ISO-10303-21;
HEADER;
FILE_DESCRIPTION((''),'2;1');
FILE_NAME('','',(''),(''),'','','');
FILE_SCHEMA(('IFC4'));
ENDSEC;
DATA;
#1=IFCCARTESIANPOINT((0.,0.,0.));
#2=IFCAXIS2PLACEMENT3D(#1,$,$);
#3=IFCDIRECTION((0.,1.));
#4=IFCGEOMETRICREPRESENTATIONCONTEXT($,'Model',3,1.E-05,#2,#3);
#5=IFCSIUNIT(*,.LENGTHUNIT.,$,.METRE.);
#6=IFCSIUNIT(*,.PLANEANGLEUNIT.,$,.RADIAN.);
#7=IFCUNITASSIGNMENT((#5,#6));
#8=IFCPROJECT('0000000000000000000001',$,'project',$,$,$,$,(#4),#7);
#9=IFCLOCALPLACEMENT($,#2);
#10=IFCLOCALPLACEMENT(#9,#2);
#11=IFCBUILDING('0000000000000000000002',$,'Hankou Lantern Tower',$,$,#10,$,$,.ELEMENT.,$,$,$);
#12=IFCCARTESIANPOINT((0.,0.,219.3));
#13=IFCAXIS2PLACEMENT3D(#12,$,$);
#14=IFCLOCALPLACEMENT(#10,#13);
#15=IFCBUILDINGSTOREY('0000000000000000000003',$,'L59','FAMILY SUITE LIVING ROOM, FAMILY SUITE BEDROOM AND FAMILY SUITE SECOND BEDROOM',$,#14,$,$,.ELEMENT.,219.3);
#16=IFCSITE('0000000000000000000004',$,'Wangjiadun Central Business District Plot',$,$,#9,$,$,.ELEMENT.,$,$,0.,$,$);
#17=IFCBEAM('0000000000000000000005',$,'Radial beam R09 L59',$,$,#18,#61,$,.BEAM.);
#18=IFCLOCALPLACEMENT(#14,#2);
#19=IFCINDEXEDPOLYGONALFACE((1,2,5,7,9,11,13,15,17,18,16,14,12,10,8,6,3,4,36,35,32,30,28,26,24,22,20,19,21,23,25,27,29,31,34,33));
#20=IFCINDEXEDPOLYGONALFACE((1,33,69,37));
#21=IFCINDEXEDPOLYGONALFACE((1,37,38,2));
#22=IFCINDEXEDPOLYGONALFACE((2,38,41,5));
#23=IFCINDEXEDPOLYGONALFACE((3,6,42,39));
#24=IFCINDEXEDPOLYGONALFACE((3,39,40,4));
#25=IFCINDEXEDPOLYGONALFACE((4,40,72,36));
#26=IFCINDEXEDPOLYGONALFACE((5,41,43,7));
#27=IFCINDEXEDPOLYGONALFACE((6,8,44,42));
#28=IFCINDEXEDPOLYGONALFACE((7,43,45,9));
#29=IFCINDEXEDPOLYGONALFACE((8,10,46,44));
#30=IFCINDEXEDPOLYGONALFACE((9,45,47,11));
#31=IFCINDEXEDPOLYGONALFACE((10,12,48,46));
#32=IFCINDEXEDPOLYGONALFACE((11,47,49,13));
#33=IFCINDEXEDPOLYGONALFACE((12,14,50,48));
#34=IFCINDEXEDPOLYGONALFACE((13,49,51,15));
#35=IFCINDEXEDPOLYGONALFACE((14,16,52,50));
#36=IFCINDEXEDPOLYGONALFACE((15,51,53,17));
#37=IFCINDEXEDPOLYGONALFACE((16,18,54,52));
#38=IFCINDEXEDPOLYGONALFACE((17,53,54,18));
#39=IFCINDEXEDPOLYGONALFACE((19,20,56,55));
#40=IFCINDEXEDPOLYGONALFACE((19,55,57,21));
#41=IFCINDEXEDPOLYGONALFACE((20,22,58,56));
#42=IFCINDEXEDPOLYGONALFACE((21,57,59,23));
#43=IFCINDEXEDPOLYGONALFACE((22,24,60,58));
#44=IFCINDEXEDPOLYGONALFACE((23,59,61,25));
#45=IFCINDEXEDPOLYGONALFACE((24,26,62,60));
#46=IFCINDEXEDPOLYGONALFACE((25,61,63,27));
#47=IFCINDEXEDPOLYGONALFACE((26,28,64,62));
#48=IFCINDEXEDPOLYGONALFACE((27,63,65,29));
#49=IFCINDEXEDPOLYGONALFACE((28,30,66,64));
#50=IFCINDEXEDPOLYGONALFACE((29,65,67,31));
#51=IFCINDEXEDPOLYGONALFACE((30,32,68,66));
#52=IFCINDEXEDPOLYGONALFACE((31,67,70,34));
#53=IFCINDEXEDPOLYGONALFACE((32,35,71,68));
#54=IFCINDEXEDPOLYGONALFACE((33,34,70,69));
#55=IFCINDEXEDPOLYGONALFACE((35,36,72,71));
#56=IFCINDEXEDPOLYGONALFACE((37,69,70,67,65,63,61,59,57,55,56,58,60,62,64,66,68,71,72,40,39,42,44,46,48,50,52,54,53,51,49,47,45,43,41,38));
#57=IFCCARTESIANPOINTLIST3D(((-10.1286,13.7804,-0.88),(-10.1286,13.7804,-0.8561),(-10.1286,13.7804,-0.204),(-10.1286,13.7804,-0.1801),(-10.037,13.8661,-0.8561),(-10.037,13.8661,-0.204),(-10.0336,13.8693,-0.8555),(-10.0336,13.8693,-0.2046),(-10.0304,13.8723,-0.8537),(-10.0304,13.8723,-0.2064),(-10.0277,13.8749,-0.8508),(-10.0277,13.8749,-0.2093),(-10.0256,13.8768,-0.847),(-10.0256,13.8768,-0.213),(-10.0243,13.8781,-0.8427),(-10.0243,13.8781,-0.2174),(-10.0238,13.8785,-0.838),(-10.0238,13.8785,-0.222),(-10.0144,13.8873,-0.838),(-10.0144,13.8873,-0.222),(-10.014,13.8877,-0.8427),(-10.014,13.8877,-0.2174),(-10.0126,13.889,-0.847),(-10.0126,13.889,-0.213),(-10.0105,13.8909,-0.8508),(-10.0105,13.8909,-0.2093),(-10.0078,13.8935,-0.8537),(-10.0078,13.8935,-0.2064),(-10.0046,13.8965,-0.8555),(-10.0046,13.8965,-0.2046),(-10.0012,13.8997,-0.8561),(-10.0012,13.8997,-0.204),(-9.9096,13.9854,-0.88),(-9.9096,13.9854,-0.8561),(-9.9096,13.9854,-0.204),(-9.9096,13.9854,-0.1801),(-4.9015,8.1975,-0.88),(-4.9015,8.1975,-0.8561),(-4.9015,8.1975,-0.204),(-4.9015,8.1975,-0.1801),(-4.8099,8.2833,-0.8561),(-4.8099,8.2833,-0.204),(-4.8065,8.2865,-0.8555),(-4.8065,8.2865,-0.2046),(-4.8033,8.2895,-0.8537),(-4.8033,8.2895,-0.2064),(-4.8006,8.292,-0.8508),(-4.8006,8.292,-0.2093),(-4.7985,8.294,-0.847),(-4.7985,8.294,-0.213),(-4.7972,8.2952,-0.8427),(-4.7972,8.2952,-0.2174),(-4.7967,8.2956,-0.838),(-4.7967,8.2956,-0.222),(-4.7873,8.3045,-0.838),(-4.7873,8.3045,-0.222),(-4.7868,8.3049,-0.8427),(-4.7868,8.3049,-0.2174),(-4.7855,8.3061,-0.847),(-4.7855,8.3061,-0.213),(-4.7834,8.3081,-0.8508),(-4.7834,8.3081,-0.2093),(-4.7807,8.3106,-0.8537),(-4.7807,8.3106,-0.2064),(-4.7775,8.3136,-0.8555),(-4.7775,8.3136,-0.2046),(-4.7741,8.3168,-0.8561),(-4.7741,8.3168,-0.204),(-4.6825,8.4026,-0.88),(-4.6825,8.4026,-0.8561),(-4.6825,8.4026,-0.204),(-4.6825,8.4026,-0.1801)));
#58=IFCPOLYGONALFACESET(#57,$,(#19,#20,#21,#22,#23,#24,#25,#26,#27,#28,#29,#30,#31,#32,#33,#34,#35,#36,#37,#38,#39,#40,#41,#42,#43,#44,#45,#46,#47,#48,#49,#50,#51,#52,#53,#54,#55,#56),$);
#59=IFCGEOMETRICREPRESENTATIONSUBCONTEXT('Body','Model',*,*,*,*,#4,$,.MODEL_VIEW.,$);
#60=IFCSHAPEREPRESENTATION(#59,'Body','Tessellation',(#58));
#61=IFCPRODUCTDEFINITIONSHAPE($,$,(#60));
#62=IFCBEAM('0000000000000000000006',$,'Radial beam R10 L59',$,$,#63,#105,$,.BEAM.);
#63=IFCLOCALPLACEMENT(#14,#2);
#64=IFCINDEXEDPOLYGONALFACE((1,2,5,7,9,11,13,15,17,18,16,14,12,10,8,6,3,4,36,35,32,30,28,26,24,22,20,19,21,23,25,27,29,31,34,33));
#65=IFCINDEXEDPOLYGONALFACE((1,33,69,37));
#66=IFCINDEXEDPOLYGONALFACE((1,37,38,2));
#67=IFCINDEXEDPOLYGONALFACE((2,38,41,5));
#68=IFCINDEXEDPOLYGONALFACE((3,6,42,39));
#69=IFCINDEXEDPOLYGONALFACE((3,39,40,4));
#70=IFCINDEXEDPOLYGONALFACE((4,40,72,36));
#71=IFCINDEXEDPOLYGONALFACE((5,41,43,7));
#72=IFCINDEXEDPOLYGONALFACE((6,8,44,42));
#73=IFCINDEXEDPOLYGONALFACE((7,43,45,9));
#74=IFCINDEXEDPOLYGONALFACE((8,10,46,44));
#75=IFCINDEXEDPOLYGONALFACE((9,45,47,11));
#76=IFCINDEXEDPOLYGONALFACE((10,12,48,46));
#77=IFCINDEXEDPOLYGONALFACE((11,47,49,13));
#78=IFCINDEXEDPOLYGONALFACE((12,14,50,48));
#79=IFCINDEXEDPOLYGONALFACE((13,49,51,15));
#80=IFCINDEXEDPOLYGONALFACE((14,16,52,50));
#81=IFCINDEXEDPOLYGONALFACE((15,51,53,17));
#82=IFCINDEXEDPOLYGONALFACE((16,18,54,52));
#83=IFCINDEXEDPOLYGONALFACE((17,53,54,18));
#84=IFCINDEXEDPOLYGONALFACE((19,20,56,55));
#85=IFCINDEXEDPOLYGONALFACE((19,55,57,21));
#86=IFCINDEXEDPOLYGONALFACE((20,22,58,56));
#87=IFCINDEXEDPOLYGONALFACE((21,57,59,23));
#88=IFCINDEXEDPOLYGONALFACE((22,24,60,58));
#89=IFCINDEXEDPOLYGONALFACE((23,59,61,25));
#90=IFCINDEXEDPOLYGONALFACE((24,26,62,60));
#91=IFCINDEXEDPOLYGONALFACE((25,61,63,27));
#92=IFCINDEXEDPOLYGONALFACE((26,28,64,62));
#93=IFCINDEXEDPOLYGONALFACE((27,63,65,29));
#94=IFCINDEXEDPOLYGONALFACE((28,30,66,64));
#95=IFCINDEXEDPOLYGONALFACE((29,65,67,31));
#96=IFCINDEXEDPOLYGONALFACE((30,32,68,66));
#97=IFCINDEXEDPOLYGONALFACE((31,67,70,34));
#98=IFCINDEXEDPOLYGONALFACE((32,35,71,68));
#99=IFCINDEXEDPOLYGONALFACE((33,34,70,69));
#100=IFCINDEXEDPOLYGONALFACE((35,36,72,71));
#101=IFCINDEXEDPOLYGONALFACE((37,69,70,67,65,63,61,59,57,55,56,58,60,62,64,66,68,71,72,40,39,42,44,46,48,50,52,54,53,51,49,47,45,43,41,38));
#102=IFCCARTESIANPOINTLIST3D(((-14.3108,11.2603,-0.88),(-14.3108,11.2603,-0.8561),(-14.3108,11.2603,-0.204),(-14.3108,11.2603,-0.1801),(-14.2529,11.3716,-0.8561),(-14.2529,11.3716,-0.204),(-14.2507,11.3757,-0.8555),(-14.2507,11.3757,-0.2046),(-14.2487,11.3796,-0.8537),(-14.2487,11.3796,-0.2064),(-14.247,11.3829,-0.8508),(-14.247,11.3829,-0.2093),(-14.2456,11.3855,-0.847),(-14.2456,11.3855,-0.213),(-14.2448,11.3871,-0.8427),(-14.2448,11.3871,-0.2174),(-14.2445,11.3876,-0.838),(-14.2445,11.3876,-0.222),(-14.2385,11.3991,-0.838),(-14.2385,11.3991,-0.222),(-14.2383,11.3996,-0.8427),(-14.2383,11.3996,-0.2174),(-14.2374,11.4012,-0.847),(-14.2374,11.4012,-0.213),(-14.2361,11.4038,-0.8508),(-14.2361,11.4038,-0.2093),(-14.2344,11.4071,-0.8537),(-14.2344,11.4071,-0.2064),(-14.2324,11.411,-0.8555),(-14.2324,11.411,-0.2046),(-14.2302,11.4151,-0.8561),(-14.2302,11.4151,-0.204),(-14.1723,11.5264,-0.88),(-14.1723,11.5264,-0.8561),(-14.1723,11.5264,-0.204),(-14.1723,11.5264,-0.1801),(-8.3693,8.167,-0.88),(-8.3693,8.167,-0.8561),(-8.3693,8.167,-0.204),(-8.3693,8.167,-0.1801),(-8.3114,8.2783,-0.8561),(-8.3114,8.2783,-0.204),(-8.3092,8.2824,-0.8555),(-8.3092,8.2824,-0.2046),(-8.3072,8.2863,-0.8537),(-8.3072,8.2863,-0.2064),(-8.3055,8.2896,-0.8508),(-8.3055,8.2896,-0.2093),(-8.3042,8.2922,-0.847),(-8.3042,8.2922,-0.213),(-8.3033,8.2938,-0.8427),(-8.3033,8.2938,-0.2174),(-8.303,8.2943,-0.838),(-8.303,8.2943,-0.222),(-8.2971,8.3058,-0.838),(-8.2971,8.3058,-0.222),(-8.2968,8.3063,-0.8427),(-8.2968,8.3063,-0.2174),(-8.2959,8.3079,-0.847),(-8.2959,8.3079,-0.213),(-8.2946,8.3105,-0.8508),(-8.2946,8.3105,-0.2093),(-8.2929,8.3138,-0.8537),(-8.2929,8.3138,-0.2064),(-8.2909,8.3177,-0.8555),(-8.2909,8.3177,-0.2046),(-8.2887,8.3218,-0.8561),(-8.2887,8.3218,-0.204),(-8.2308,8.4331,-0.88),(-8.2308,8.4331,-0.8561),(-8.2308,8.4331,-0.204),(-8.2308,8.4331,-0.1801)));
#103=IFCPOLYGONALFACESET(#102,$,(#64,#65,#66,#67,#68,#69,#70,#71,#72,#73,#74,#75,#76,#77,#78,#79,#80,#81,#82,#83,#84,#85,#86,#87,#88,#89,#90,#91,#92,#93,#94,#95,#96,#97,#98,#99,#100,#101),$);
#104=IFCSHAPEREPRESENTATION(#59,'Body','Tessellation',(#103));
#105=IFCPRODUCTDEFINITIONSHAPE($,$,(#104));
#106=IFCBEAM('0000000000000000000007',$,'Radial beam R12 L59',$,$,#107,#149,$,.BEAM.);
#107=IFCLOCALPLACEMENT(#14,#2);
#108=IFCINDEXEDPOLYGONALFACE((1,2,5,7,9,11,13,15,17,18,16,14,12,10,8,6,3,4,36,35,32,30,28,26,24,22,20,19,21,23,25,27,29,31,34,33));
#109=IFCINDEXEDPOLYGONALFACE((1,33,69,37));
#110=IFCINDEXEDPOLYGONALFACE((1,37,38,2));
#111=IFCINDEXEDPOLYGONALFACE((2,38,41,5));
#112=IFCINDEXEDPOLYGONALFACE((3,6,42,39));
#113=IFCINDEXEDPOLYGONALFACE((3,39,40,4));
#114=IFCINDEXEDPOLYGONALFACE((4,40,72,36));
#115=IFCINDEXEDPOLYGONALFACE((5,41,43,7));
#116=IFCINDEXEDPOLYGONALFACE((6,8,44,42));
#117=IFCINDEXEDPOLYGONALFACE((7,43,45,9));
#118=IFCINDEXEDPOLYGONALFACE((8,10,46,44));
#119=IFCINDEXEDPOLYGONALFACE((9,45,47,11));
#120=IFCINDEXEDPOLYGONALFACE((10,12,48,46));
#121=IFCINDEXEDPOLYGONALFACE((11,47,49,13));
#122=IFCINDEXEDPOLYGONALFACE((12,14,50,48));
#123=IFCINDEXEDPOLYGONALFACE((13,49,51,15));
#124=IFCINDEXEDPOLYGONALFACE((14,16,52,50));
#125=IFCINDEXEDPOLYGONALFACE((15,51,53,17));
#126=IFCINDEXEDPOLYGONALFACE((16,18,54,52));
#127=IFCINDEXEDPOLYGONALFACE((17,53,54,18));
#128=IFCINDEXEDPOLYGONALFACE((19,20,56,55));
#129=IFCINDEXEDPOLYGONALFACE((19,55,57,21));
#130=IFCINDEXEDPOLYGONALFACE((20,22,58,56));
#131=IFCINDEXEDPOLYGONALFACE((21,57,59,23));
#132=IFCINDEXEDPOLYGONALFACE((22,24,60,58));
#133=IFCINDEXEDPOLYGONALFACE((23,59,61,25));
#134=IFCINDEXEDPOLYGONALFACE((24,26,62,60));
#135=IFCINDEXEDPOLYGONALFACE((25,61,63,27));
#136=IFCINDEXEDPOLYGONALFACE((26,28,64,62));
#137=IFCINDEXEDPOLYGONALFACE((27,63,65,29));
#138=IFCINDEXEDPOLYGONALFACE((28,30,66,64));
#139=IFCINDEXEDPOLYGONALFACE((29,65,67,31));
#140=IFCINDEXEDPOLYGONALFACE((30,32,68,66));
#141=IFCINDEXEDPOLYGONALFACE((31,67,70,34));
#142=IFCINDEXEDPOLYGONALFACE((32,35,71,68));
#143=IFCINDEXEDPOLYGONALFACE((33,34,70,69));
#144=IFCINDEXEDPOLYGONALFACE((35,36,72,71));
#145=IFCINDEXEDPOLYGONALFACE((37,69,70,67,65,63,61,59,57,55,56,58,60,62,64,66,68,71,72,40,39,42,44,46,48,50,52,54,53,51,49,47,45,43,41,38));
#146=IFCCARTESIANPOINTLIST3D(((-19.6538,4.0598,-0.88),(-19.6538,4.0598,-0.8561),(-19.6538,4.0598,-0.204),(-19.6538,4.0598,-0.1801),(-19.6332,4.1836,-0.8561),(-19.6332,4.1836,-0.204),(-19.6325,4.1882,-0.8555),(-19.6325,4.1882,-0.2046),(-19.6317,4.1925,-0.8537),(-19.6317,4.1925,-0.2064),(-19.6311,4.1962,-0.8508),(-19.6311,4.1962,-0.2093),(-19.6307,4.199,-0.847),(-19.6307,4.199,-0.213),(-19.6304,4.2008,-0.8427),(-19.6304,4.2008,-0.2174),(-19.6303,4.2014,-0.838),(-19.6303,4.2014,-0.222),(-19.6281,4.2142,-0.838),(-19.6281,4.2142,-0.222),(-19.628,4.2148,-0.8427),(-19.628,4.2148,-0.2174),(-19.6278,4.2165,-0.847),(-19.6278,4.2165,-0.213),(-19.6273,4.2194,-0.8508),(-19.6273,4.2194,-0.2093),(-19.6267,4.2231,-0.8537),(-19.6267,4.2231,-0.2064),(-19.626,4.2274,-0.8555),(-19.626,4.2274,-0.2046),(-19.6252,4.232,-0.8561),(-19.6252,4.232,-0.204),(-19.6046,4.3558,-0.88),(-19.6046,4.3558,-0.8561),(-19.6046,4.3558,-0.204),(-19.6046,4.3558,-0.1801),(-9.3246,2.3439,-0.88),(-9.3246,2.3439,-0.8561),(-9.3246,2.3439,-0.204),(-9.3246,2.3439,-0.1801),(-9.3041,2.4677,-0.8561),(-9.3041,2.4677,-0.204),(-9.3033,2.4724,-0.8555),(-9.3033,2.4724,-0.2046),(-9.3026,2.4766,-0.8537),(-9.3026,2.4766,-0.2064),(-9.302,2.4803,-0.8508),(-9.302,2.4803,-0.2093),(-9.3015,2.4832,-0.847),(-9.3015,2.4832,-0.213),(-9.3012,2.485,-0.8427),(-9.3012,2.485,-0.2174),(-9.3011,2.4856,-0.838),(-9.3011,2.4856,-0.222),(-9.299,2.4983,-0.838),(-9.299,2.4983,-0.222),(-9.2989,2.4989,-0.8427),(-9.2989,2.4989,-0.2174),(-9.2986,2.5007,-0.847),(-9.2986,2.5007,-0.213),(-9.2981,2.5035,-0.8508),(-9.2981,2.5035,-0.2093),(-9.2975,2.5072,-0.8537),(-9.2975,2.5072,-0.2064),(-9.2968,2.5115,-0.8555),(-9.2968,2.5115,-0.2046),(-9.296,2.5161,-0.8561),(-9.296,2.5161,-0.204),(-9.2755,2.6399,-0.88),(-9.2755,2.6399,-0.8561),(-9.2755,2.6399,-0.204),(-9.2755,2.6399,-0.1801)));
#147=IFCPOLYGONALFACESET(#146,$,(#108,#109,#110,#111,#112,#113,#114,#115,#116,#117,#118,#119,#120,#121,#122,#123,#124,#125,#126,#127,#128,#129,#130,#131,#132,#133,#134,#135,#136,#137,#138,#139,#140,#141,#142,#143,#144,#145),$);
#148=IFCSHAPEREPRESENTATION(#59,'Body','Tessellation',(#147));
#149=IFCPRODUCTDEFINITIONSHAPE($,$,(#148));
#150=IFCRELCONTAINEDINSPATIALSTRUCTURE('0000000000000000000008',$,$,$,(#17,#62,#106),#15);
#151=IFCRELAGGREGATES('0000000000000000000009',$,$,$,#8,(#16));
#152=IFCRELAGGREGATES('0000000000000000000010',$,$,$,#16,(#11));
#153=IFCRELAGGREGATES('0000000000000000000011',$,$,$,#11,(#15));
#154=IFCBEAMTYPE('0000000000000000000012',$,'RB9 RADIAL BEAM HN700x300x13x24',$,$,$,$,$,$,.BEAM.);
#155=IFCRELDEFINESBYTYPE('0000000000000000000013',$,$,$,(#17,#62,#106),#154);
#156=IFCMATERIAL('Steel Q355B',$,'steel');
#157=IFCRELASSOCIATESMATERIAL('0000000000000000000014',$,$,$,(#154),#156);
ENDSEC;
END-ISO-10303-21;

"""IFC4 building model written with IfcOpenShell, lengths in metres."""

from ifc_helpers import new_model, si_unit, direction, frame, origin, origin_2d, place, context, subcontext, project, spatial, i_section, extrude, material, material_profile, profile_set, type_object, element, save


model = new_model("IFC4")

# Units and contexts
model_context = context("Model", 3, precision=1e-05, world=origin(), true_north=direction((0.0, 1.0)))
body_context = subcontext(model_context, "Body", "Model", "MODEL_VIEW")
ifc_project = project(units=[si_unit("LENGTHUNIT", "METRE"), si_unit("PLANEANGLEUNIT", "RADIAN")], contexts=[model_context])

# Site, building, storey
site_placement = place(None, origin())
site = spatial("IfcSite", under=ifc_project, at=site_placement, Name="Wangjiadun Central Business District Plot", CompositionType="ELEMENT", RefElevation=0.0)
building_placement = place(site_placement, origin())
building = spatial("IfcBuilding", under=site, at=building_placement, Name="Hankou Lantern Tower", CompositionType="ELEMENT")
storey_placement = place(building_placement, frame((0.0, 0.0, 219.3)))
storey = spatial("IfcBuildingStorey", under=building, at=storey_placement, Name="L59", Description="FAMILY SUITE LIVING ROOM, FAMILY SUITE BEDROOM AND FAMILY SUITE SECOND BEDROOM", CompositionType="ELEMENT", Elevation=219.3)

# Beams
ifc_material_1 = material(Name="Steel Q355B", Category="steel")
ifc_material_profile_1 = material_profile(ifc_material_1, i_section(OverallWidth=0.3, OverallDepth=0.7, WebThickness=0.0129, FlangeThickness=0.0239, FilletRadius=0.0181, at=origin_2d()), Name="HN700x300x13x24")
ifc_profile_set_1 = profile_set([ifc_material_profile_1], Name="Steel Q355B")
beam_type_1 = type_object("IfcBeamType", Name="RB9 RADIAL BEAM HN700x300x13x24", PredefinedType="BEAM", material=ifc_profile_set_1)
beam_1_placement = place(storey_placement, frame((-4.792, 8.3, -0.53), z_axis=(-0.683468, 0.72998, 0.0), x_axis=(-0.72998, -0.683468, 0.0)))
element("IfcBeam", 1, at=beam_1_placement, inside=storey, type_object=beam_type_1, Name="Radial beam R09 L59", PredefinedType="BEAM", context=body_context, shape_type="SweptSolid", body=[
    extrude(i_section(OverallWidth=0.3, OverallDepth=0.7, WebThickness=0.0129, FlangeThickness=0.0239, FilletRadius=0.0181, at=origin_2d()), origin(), (0.0, 0.0, 1.0), 7.6479),
])
beam_2_placement = place(storey_placement, frame((-8.3, 8.3, -0.53), z_axis=(-0.886989, 0.461791, 0.0), x_axis=(-0.461791, -0.886989, 0.0)))
element("IfcBeam", 2, at=beam_2_placement, inside=storey, type_object=beam_type_1, Name="Radial beam R10 L59", PredefinedType="BEAM", context=body_context, shape_type="SweptSolid", body=[
    extrude(i_section(OverallWidth=0.3, OverallDepth=0.7, WebThickness=0.0129, FlangeThickness=0.0239, FilletRadius=0.0181, at=origin_2d()), origin(), (0.0, 0.0, 1.0), 6.6985),
])
beam_3_placement = place(storey_placement, frame((-9.3, 2.4919, -0.53), z_axis=(-0.986482, 0.16387, 0.0), x_axis=(-0.16387, -0.986482, 0.0)))
element("IfcBeam", 3, at=beam_3_placement, inside=storey, type_object=beam_type_1, Name="Radial beam R12 L59", PredefinedType="BEAM", context=body_context, shape_type="SweptSolid", body=[
    extrude(i_section(OverallWidth=0.3, OverallDepth=0.7, WebThickness=0.0129, FlangeThickness=0.0239, FilletRadius=0.0181, at=origin_2d()), origin(), (0.0, 0.0, 1.0), 10.4707),
])

save(model, "model.ifc")
